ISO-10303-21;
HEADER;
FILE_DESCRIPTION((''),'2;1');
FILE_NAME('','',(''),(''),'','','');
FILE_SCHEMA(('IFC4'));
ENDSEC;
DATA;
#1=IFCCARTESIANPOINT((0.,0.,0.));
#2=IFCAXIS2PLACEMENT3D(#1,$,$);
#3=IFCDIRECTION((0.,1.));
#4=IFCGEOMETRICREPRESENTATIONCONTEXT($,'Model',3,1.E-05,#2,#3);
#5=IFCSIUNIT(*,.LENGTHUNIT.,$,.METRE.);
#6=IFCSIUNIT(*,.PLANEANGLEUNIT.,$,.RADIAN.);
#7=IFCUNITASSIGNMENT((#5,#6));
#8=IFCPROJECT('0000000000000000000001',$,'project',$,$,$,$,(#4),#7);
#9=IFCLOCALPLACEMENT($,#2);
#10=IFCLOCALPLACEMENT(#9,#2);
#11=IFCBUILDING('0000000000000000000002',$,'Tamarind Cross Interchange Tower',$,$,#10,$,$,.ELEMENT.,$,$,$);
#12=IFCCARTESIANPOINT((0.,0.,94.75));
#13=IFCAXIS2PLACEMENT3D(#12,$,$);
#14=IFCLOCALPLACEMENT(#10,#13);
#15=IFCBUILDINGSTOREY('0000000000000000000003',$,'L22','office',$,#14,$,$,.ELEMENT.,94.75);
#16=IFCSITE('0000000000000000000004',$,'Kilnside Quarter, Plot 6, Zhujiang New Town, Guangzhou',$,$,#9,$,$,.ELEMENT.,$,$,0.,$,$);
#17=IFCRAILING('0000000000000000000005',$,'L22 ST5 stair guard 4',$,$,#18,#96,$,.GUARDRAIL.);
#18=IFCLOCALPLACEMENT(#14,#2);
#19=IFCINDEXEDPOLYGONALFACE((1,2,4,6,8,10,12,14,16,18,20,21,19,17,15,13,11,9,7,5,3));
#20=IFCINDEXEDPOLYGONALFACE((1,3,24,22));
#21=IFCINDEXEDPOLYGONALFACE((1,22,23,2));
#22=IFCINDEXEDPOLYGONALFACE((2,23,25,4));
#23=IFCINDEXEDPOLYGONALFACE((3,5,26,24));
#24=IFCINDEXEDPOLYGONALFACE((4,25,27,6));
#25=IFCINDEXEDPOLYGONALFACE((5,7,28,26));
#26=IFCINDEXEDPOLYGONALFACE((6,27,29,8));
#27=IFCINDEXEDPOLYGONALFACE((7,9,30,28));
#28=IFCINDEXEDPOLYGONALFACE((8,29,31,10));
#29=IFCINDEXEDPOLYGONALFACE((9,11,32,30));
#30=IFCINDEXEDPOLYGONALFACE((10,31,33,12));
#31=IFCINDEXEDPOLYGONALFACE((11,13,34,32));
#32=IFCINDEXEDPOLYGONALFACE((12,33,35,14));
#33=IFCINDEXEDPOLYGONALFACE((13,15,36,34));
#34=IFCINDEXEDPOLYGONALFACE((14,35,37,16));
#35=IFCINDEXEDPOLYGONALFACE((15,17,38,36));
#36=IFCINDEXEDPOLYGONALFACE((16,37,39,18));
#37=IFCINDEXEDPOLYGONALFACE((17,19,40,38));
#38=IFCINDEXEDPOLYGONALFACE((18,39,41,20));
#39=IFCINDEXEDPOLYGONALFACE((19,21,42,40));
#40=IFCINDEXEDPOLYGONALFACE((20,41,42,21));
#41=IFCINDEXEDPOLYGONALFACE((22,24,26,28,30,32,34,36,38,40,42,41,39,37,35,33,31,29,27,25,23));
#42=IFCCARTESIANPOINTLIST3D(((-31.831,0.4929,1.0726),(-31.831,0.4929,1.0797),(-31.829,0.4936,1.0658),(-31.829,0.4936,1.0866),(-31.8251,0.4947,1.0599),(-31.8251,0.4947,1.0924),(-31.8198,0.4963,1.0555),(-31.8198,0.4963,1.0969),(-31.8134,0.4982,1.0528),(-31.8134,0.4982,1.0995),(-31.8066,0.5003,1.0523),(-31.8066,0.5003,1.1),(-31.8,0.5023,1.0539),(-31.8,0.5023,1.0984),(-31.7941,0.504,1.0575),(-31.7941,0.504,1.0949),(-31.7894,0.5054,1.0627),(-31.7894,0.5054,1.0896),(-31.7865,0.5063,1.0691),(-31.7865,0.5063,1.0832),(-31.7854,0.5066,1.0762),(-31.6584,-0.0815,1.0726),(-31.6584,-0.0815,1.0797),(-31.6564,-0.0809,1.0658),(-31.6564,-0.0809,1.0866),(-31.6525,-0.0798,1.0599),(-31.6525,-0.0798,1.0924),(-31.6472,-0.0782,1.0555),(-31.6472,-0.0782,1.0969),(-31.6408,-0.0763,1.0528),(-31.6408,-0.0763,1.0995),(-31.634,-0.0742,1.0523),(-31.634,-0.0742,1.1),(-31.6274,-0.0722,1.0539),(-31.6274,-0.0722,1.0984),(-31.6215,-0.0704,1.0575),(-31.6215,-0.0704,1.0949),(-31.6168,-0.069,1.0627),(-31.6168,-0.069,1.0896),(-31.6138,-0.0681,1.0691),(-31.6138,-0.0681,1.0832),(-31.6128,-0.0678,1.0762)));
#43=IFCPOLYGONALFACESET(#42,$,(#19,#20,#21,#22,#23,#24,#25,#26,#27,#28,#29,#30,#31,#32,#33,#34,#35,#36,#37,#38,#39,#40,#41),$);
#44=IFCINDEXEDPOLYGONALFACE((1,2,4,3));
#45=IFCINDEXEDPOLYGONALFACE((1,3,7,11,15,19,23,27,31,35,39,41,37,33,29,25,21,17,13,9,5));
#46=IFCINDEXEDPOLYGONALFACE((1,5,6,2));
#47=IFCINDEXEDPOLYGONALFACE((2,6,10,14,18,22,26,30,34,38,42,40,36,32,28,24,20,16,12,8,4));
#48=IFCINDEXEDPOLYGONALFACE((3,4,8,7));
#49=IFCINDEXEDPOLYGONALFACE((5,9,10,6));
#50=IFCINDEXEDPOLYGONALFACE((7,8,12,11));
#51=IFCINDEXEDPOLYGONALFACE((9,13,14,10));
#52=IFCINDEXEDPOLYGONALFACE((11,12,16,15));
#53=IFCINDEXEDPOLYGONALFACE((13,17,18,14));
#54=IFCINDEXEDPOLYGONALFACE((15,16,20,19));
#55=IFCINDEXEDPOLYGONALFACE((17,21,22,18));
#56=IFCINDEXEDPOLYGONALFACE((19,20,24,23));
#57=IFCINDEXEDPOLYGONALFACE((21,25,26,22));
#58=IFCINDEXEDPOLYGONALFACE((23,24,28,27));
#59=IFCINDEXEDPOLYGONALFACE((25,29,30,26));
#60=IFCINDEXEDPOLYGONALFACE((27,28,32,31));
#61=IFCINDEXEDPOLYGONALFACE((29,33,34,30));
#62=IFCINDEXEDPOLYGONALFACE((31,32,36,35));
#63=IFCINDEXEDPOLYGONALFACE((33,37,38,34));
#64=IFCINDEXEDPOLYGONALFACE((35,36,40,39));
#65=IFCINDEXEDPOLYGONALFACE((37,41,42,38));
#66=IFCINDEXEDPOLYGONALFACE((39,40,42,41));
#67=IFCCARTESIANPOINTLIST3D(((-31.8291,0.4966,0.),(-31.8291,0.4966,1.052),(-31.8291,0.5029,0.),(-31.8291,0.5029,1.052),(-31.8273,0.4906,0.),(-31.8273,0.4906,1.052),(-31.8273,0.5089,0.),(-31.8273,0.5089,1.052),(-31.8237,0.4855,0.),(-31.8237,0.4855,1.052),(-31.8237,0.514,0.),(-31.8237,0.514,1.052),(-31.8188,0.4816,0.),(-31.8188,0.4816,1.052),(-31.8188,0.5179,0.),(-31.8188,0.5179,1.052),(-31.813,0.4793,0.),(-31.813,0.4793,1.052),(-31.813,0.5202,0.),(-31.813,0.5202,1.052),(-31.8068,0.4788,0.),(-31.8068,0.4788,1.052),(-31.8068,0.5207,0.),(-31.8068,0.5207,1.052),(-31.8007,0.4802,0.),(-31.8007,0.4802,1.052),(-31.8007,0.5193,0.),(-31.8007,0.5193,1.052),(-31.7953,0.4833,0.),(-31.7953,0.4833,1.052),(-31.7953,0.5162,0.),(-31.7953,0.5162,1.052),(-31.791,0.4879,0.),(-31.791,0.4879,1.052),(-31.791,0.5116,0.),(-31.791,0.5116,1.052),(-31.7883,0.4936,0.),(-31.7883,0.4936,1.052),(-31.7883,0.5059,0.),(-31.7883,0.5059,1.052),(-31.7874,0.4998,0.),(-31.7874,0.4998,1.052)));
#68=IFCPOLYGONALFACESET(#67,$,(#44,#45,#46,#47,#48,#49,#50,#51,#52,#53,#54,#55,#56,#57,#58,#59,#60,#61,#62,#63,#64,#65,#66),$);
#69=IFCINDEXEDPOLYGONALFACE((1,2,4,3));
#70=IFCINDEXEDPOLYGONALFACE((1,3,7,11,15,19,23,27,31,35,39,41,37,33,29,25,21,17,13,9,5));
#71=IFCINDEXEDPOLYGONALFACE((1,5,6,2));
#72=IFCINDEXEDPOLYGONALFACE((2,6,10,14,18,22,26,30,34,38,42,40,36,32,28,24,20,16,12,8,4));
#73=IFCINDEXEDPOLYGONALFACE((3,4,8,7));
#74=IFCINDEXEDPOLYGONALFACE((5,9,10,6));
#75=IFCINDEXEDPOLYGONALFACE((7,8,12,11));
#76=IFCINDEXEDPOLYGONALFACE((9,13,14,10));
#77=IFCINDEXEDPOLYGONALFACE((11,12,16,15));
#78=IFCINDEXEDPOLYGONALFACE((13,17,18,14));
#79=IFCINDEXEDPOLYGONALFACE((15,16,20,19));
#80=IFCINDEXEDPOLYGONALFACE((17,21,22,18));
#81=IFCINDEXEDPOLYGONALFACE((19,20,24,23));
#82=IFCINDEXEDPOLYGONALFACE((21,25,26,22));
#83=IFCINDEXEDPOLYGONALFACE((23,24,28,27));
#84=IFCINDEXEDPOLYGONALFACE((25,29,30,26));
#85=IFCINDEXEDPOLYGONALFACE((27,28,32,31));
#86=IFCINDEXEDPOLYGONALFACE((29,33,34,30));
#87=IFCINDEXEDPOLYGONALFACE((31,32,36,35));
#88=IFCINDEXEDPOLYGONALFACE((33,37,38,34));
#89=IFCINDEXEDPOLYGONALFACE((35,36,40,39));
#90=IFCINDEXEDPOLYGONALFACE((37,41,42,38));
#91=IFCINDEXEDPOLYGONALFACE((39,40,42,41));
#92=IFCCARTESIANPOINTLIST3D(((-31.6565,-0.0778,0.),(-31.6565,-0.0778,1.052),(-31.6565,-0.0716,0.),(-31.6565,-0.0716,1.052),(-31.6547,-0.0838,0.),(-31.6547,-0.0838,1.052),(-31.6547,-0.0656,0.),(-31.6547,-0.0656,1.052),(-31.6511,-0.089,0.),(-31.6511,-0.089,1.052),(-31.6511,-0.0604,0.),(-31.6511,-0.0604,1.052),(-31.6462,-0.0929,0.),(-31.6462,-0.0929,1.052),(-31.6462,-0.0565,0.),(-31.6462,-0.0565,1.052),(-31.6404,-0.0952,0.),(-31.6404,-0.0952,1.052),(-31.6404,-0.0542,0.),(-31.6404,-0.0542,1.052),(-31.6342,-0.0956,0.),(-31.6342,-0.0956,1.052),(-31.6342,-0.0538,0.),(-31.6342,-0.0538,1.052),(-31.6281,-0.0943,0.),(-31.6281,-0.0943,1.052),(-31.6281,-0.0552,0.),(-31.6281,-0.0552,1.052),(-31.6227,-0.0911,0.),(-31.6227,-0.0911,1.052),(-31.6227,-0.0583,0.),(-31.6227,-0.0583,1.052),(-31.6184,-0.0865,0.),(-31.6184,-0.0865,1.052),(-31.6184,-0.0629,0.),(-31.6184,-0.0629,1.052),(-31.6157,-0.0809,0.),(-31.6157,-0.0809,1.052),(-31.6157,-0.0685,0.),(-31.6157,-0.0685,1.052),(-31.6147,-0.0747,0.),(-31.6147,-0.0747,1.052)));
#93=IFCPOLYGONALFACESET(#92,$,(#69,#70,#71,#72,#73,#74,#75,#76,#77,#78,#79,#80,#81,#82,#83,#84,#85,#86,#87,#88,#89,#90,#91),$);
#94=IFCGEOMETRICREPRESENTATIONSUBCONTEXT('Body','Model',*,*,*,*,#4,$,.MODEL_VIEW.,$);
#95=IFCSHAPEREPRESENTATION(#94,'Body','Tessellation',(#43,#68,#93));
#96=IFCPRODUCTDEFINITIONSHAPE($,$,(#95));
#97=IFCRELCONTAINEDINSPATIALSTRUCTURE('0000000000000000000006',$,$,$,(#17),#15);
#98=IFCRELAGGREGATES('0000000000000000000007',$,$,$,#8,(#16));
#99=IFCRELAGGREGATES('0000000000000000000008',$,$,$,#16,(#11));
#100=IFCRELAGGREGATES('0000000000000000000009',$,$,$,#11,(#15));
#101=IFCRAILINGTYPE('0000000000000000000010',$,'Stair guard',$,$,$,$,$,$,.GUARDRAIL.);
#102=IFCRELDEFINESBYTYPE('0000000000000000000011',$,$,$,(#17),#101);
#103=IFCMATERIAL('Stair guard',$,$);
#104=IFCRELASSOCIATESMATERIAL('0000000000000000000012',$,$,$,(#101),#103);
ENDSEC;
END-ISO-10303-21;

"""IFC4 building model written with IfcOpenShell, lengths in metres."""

from ifc_helpers import new_model, si_unit, direction, frame, origin, origin_2d, place, context, subcontext, project, spatial, circle, extrude, material, type_object, element, save


model = new_model("IFC4")

# Units and contexts
model_context = context("Model", 3, precision=1e-05, world=origin(), true_north=direction((0.0, 1.0)))
body_context = subcontext(model_context, "Body", "Model", "MODEL_VIEW")
ifc_project = project(units=[si_unit("LENGTHUNIT", "METRE"), si_unit("PLANEANGLEUNIT", "RADIAN")], contexts=[model_context])

# Site, building, storey
site_placement = place(None, origin())
site = spatial("IfcSite", under=ifc_project, at=site_placement, Name="Kilnside Quarter, Plot 6, Zhujiang New Town, Guangzhou", CompositionType="ELEMENT", RefElevation=0.0)
building_placement = place(site_placement, origin())
building = spatial("IfcBuilding", under=site, at=building_placement, Name="Tamarind Cross Interchange Tower", CompositionType="ELEMENT")
storey_placement = place(building_placement, frame((0.0, 0.0, 94.75)))
storey = spatial("IfcBuildingStorey", under=building, at=storey_placement, Name="L22", Description="office", CompositionType="ELEMENT", Elevation=94.75)

# Railing
ifc_material_1 = material(Name="Stair guard")
railing_type_1 = type_object("IfcRailingType", Name="Stair guard", PredefinedType="GUARDRAIL", material=ifc_material_1)
railing_1_placement = place(storey_placement, frame((-31.8083, 0.4998, 0.0)))
element("IfcRailing", 1, at=railing_1_placement, inside=storey, type_object=railing_type_1, Name="L22 ST5 stair guard 4", PredefinedType="GUARDRAIL", context=body_context, shape_type="SweptSolid", body=[
    extrude(circle(Radius=0.0239, at=origin_2d()), frame((0.0, 0.0, 1.0762), z_axis=(0.287759, -0.957703, 0.0), x_axis=(0.957703, 0.287759, 0.0)), (0.0, 0.0, 1.0), 0.5999),
    extrude(circle(Radius=0.021, at=origin_2d()), origin(), (0.0, 0.0, 1.0), 1.052),
    extrude(circle(Radius=0.021, at=origin_2d()), frame((0.1726, -0.5745, 0.0)), (0.0, 0.0, 1.0), 1.052),
])

save(model, "model.ifc")
